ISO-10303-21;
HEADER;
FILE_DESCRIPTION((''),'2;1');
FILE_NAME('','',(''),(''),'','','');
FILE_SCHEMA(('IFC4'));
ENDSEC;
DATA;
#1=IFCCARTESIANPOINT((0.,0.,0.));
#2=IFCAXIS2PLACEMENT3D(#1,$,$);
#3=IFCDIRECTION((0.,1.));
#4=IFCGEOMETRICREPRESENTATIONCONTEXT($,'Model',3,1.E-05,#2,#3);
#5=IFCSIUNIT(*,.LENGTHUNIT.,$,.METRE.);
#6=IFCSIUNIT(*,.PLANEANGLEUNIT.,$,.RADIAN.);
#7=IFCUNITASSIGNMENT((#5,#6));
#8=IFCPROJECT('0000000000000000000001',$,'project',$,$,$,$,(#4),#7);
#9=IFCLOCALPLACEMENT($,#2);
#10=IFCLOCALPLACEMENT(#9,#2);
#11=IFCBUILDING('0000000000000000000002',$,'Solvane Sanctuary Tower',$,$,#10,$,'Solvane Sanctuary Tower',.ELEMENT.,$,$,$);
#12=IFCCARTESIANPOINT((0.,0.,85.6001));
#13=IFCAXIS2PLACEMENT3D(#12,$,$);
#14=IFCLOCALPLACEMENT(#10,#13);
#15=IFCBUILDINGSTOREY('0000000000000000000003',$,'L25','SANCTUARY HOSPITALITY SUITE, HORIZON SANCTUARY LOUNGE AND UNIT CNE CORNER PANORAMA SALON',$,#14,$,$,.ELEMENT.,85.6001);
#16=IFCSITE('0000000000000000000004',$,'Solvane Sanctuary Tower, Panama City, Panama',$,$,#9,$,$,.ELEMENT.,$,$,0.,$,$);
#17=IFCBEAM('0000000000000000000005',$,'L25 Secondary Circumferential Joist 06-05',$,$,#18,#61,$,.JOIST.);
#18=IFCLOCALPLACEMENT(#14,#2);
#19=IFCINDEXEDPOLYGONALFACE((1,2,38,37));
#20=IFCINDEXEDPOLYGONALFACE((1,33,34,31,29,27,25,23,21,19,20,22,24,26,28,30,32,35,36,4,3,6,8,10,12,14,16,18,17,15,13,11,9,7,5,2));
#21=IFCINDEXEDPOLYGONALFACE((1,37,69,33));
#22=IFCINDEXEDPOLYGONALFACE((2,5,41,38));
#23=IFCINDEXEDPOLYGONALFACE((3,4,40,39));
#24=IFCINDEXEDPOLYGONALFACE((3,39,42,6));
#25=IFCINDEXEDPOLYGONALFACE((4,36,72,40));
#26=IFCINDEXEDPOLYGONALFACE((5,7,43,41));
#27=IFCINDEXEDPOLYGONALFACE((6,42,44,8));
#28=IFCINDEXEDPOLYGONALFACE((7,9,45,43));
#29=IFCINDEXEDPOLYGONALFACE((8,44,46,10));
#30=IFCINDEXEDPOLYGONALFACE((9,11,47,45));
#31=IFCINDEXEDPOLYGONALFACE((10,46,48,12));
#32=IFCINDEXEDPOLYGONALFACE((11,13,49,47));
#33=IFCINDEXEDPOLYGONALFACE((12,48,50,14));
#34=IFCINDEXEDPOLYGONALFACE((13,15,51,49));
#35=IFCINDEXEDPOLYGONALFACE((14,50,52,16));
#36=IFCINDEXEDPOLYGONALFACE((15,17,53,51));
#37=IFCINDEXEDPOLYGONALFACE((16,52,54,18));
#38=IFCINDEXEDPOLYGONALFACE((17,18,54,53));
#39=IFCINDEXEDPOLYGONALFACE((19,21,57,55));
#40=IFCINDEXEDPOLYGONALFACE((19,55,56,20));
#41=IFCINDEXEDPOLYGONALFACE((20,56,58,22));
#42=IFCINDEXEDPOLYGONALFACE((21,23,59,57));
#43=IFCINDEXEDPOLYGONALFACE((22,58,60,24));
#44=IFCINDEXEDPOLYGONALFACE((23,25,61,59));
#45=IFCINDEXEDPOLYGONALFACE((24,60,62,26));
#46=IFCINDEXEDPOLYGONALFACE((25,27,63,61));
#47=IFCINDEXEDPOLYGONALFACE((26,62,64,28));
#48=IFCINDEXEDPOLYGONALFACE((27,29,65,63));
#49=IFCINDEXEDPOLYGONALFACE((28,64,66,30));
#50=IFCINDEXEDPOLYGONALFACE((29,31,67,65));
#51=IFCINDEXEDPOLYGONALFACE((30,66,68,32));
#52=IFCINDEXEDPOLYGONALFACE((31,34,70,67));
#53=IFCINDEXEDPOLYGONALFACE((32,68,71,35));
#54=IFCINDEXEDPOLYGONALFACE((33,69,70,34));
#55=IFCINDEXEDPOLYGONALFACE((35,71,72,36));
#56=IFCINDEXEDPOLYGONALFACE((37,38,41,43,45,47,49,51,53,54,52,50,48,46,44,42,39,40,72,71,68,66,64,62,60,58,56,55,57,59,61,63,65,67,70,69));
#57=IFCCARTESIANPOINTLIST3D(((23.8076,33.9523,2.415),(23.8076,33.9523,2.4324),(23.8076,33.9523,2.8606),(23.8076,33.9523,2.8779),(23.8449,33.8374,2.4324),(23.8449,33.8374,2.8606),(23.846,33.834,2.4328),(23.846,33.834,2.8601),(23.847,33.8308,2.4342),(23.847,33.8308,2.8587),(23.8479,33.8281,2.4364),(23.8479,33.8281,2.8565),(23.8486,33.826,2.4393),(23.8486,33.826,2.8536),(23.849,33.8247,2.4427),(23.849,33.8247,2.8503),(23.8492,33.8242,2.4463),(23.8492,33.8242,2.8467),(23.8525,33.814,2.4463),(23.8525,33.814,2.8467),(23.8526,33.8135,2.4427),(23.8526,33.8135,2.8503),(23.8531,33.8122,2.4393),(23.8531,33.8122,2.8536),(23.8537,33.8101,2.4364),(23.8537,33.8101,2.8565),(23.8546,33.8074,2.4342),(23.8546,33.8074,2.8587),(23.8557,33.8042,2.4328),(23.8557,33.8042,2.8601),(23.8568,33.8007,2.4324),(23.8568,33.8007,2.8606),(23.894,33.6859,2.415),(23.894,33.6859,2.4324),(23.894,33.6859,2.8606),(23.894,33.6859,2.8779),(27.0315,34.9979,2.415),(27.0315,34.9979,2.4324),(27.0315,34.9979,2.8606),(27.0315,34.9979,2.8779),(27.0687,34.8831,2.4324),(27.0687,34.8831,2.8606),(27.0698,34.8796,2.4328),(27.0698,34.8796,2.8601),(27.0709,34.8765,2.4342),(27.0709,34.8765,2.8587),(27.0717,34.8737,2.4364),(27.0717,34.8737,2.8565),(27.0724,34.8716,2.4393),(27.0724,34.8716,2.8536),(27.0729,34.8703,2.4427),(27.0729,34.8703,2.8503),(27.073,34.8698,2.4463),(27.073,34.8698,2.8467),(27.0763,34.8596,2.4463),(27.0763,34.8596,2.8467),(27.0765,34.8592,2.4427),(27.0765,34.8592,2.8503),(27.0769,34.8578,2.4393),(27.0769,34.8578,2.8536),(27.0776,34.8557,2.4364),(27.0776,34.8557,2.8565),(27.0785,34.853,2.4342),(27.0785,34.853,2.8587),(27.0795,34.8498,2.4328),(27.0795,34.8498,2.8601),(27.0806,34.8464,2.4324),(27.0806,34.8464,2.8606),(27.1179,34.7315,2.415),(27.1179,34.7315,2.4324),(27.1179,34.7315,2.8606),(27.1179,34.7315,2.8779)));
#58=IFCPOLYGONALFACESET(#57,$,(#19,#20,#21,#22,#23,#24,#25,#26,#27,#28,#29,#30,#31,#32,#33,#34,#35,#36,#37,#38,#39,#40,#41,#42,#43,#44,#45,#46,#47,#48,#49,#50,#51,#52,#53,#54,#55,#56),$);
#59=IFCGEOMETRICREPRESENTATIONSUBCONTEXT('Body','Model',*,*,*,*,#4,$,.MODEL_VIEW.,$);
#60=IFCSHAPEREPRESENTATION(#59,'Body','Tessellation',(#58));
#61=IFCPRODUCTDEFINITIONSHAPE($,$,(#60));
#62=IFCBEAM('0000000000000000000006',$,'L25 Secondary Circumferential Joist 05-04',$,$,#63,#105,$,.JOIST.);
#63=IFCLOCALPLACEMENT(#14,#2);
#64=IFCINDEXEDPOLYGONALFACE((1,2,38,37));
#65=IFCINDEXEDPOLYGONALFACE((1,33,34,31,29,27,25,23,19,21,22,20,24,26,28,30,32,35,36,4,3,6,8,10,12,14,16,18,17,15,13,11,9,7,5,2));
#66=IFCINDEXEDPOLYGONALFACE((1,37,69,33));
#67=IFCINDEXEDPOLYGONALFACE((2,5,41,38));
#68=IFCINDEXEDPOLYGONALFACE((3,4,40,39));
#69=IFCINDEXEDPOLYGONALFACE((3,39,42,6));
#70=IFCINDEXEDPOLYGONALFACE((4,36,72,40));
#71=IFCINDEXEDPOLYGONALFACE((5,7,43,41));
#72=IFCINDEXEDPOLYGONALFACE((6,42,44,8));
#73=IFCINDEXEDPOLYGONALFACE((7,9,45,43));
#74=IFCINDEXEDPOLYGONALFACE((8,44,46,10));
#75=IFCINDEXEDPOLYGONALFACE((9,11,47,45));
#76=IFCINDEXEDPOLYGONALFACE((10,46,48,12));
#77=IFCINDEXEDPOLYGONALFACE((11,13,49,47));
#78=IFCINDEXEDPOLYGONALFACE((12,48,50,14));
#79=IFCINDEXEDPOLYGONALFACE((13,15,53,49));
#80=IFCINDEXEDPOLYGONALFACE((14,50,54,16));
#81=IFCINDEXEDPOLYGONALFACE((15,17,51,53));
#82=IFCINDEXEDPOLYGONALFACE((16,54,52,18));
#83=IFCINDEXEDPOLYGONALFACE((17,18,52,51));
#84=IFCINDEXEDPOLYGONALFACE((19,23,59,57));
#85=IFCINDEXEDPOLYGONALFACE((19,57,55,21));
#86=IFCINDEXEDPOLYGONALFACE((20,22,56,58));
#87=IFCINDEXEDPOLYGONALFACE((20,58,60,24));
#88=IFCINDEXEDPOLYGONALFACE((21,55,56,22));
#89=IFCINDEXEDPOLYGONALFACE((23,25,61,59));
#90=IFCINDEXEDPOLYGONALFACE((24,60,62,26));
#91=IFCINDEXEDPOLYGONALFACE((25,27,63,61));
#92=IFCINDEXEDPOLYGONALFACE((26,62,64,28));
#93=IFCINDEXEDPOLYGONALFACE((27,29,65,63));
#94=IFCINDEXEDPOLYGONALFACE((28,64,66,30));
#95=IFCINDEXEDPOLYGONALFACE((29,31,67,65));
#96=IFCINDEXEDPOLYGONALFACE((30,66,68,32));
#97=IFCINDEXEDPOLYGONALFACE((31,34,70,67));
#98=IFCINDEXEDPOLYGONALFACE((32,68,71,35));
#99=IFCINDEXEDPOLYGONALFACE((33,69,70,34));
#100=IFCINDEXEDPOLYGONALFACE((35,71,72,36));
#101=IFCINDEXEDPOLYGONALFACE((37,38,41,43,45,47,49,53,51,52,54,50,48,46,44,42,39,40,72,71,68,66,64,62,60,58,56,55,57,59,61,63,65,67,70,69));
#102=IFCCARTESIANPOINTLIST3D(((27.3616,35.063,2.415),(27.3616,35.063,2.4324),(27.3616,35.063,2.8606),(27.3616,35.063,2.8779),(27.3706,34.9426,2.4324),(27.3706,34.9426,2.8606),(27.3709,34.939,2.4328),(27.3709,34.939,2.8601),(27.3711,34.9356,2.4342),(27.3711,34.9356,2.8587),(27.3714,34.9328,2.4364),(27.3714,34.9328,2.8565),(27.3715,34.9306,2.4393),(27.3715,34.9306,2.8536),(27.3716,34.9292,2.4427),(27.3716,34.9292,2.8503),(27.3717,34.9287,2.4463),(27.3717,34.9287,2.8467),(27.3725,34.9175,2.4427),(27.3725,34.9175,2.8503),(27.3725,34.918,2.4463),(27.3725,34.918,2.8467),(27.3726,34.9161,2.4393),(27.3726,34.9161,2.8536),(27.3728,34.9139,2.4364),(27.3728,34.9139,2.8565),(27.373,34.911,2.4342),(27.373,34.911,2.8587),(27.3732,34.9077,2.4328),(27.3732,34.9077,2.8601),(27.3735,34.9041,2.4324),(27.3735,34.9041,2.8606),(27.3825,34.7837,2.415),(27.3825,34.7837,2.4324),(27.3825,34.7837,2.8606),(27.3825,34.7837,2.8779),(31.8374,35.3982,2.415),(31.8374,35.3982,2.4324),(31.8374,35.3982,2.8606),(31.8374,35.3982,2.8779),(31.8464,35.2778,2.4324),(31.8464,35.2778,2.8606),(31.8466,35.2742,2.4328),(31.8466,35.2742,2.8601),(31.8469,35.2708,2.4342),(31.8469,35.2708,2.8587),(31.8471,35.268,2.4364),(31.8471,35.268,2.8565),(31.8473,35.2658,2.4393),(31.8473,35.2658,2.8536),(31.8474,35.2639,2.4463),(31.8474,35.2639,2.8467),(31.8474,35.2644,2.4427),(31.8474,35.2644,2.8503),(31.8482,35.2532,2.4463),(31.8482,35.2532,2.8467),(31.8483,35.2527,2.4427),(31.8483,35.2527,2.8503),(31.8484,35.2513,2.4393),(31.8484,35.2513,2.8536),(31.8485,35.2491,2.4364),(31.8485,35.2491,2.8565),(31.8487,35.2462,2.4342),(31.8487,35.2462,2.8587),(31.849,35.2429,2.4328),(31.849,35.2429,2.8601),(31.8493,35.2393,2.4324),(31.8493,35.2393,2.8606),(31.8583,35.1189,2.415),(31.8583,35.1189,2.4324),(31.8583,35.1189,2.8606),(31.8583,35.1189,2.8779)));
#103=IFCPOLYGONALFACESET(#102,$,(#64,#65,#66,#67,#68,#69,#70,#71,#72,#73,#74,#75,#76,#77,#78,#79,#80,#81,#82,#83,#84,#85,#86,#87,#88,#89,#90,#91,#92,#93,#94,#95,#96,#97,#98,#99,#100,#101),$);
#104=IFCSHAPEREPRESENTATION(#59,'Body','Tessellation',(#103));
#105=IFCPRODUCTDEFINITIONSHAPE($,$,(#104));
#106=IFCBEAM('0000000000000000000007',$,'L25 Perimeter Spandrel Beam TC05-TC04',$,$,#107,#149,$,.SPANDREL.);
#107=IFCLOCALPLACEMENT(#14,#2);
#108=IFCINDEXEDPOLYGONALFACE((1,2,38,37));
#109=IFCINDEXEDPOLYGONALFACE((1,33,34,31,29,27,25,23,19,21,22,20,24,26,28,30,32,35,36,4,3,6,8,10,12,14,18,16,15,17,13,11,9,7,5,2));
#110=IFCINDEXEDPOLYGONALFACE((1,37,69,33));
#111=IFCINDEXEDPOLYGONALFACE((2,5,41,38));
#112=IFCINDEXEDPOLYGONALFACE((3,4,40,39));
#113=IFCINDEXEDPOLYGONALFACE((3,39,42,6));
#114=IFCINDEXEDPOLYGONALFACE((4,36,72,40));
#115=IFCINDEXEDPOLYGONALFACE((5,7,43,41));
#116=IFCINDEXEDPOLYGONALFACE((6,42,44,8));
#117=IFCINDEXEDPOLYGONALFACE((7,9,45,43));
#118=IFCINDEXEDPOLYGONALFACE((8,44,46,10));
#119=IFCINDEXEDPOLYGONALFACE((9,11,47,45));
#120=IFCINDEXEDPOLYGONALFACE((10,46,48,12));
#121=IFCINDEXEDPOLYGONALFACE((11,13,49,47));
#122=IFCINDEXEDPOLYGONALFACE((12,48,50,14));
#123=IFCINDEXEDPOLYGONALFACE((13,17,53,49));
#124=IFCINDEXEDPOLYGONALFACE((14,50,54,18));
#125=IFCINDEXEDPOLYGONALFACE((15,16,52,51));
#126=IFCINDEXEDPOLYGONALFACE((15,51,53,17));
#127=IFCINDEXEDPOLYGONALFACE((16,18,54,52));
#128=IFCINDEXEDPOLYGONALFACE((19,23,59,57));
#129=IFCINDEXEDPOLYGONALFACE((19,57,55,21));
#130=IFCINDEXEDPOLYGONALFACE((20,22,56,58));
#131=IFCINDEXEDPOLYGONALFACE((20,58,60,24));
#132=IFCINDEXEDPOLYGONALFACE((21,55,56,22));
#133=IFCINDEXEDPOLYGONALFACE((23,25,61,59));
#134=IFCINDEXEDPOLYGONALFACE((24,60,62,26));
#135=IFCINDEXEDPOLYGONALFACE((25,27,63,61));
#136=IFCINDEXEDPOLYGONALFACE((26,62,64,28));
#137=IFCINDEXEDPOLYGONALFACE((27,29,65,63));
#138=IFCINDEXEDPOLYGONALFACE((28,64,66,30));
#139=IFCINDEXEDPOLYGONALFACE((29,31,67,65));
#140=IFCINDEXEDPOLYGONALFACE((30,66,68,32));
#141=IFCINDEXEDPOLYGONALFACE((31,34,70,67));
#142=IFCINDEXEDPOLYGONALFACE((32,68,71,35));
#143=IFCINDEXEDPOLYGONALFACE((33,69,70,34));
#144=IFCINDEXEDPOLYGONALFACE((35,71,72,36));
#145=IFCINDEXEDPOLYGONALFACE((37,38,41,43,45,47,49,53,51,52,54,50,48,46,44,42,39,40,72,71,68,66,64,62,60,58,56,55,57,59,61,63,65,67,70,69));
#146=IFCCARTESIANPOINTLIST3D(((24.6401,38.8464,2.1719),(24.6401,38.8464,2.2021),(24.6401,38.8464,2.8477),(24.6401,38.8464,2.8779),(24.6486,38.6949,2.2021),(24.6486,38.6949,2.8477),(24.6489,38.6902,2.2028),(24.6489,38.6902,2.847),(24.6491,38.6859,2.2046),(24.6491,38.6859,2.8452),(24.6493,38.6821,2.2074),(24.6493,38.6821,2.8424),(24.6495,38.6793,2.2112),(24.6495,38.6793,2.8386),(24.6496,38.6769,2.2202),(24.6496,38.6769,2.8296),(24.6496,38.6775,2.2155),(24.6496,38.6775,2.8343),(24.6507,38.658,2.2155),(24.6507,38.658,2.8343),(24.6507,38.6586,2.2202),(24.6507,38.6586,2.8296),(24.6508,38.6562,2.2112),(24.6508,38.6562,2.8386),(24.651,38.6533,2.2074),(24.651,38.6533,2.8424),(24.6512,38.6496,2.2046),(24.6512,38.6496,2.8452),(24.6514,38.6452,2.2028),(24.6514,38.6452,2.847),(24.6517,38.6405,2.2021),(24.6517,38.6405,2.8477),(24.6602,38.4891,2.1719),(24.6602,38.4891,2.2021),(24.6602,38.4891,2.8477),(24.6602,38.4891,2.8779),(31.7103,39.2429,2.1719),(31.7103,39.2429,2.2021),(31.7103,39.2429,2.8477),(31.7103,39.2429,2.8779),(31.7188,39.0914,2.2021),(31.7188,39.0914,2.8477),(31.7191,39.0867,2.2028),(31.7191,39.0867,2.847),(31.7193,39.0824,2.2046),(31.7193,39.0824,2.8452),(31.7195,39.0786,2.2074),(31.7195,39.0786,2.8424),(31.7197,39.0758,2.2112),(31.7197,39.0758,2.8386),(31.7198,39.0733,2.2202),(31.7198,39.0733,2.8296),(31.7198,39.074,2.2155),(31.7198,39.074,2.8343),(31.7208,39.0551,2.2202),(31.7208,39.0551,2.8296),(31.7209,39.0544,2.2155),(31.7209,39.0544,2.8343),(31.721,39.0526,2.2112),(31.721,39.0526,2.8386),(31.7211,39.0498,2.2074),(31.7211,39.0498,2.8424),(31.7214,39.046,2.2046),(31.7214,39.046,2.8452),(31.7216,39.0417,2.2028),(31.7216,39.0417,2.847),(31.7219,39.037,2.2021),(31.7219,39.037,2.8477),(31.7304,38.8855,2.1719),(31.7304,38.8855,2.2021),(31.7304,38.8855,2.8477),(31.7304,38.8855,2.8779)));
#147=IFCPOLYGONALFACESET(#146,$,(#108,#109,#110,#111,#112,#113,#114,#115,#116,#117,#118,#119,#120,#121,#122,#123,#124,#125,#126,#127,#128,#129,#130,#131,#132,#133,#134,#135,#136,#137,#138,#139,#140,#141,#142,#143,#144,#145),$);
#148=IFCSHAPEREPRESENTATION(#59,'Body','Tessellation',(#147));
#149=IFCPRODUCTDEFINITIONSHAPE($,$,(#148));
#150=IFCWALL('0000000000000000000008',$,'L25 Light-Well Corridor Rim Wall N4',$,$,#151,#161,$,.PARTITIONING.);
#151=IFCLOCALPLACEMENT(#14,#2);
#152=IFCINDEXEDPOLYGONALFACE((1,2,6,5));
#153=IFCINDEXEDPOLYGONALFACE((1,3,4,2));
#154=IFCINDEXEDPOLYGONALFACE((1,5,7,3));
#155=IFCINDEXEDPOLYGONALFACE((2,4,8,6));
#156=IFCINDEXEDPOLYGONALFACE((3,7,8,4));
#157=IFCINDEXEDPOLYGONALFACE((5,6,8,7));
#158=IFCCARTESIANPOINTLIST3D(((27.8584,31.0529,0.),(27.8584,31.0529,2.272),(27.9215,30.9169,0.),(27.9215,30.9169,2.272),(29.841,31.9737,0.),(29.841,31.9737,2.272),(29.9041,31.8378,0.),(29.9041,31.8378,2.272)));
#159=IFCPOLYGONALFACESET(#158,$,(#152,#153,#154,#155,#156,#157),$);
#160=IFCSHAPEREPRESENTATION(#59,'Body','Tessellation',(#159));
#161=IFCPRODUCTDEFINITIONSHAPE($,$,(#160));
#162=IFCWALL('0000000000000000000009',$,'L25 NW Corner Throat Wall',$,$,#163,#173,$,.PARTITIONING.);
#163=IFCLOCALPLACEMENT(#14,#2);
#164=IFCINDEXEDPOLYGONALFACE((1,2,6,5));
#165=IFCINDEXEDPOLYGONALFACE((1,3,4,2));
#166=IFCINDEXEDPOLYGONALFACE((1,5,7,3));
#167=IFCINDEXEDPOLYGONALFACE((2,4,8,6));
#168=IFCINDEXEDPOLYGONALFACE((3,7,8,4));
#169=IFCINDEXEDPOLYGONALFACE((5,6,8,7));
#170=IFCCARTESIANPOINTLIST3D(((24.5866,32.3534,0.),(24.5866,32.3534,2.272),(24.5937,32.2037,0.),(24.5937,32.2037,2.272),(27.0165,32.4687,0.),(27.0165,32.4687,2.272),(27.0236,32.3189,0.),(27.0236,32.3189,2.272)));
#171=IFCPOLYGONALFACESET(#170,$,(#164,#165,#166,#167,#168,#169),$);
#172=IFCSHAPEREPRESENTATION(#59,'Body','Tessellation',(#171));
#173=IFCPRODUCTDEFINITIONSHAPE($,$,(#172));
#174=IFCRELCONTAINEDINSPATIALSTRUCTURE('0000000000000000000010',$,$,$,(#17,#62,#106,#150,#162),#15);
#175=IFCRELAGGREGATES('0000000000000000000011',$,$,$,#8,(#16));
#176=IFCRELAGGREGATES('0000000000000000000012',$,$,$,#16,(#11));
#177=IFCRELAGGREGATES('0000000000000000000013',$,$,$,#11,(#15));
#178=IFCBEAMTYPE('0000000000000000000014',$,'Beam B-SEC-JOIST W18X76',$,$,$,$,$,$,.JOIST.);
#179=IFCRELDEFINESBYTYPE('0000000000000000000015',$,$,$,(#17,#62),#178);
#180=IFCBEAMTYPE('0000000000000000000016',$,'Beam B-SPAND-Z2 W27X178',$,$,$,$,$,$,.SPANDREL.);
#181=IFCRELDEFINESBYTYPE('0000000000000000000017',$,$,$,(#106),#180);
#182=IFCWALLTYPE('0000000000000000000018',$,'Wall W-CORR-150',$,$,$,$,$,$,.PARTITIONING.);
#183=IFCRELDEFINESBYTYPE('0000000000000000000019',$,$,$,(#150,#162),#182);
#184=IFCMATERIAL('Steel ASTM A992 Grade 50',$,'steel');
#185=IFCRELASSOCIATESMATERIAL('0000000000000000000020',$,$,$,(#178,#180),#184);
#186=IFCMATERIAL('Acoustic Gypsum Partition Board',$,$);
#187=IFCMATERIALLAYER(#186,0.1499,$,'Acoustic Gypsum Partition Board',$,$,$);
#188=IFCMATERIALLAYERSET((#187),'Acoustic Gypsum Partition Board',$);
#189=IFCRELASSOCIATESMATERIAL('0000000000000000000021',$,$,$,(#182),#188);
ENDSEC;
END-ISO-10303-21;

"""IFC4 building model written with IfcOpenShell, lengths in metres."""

from ifc_helpers import new_model, si_unit, direction, frame, frame_2d, origin, origin_2d, place, context, subcontext, project, spatial, rectangle, i_section, extrude, material, layer, layer_set, material_profile, profile_set, type_object, element, save


model = new_model("IFC4")

# Units and contexts
model_context = context("Model", 3, precision=1e-05, world=origin(), true_north=direction((0.0, 1.0)))
body_context = subcontext(model_context, "Body", "Model", "MODEL_VIEW")
ifc_project = project(units=[si_unit("LENGTHUNIT", "METRE"), si_unit("PLANEANGLEUNIT", "RADIAN")], contexts=[model_context])

# Site, building, storey
site_placement = place(None, origin())
site = spatial("IfcSite", under=ifc_project, at=site_placement, Name="Solvane Sanctuary Tower, Panama City, Panama", CompositionType="ELEMENT", RefElevation=0.0)
building_placement = place(site_placement, origin())
building = spatial("IfcBuilding", under=site, at=building_placement, Name="Solvane Sanctuary Tower", LongName="Solvane Sanctuary Tower", CompositionType="ELEMENT")
storey_placement = place(building_placement, frame((0.0, 0.0, 85.6001)))
storey = spatial("IfcBuildingStorey", under=building, at=storey_placement, Name="L25", Description="SANCTUARY HOSPITALITY SUITE, HORIZON SANCTUARY LOUNGE AND UNIT CNE CORNER PANORAMA SALON", CompositionType="ELEMENT", Elevation=85.6001)

# Beams
ifc_material_1 = material(Name="Steel ASTM A992 Grade 50", Category="steel")
ifc_material_profile_1 = material_profile(ifc_material_1, i_section(OverallWidth=0.28, OverallDepth=0.4629, WebThickness=0.0107, FlangeThickness=0.0173, FilletRadius=0.0139, at=origin_2d()), Name="W18X76")
ifc_profile_set_1 = profile_set([ifc_material_profile_1], Name="Steel ASTM A992 Grade 50")
beam_type_1 = type_object("IfcBeamType", Name="Beam B-SEC-JOIST W18X76", PredefinedType="JOIST", material=ifc_profile_set_1)
beam_1_placement = place(storey_placement, frame((23.8508, 33.8191, 2.6465), z_axis=(0.951217, 0.308524, 0.0), x_axis=(-0.308524, 0.951217, 0.0)))
element("IfcBeam", 1, at=beam_1_placement, inside=storey, type_object=beam_type_1, Name="L25 Secondary Circumferential Joist 06-05", PredefinedType="JOIST", context=body_context, shape_type="SweptSolid", body=[
    extrude(i_section(OverallWidth=0.28, OverallDepth=0.4629, WebThickness=0.0107, FlangeThickness=0.0173, FilletRadius=0.0139, at=origin_2d()), origin(), (0.0, 0.0, 1.0), 3.3892),
])
beam_2_placement = place(storey_placement, frame((27.3721, 34.9233, 2.6465), z_axis=(0.997207, 0.074683, 0.0), x_axis=(-0.074683, 0.997207, 0.0)))
element("IfcBeam", 2, at=beam_2_placement, inside=storey, type_object=beam_type_1, Name="L25 Secondary Circumferential Joist 05-04", PredefinedType="JOIST", context=body_context, shape_type="SweptSolid", body=[
    extrude(i_section(OverallWidth=0.28, OverallDepth=0.4629, WebThickness=0.0107, FlangeThickness=0.0173, FilletRadius=0.0139, at=origin_2d()), origin(), (0.0, 0.0, 1.0), 4.4883),
])
ifc_material_profile_2 = material_profile(ifc_material_1, i_section(OverallWidth=0.3579, OverallDepth=0.7061, WebThickness=0.0183, FlangeThickness=0.0303, FilletRadius=0.0181, at=origin_2d()), Name="W27X178")
ifc_profile_set_2 = profile_set([ifc_material_profile_2], Name="Steel ASTM A992 Grade 50")
beam_type_2 = type_object("IfcBeamType", Name="Beam B-SPAND-Z2 W27X178", PredefinedType="SPANDREL", material=ifc_profile_set_2)
beam_3_placement = place(storey_placement, frame((24.6501, 38.6677, 2.5249), z_axis=(0.998431, 0.055989, 0.0), x_axis=(-0.055989, 0.998431, 0.0)))
element("IfcBeam", 3, at=beam_3_placement, inside=storey, type_object=beam_type_2, Name="L25 Perimeter Spandrel Beam TC05-TC04", PredefinedType="SPANDREL", context=body_context, shape_type="SweptSolid", body=[
    extrude(i_section(OverallWidth=0.3579, OverallDepth=0.7061, WebThickness=0.0183, FlangeThickness=0.0303, FilletRadius=0.0181, at=origin_2d()), origin(), (0.0, 0.0, 1.0), 7.0813),
])

# Walls
ifc_material_2 = material(Name="Acoustic Gypsum Partition Board")
ifc_layer_1 = layer(ifc_material_2, 0.1499, Name="Acoustic Gypsum Partition Board")
ifc_layer_set_1 = layer_set([ifc_layer_1], Name="Acoustic Gypsum Partition Board")
wall_type_1 = type_object("IfcWallType", Name="Wall W-CORR-150", PredefinedType="PARTITIONING", material=ifc_layer_set_1)
wall_1_placement = place(storey_placement, frame((29.8726, 31.9058, 0.0), z_axis=(0.0, 0.0, 1.0), x_axis=(-0.906943, -0.421252, 0.0)))
element("IfcWall", 4, at=wall_1_placement, inside=storey, type_object=wall_type_1, Name="L25 Light-Well Corridor Rim Wall N4", PredefinedType="PARTITIONING", context=body_context, shape_type="SweptSolid", body=[
    extrude(rectangle(XDim=2.186, YDim=0.1499, at=frame_2d((1.093, 0.0))), origin(), (0.0, 0.0, 1.0), 2.272),
])
wall_2_placement = place(storey_placement, frame((27.02, 32.3938, 0.0), z_axis=(0.0, 0.0, 1.0), x_axis=(-0.998877, -0.04737, 0.0)))
element("IfcWall", 5, at=wall_2_placement, inside=storey, type_object=wall_type_1, Name="L25 NW Corner Throat Wall", PredefinedType="PARTITIONING", context=body_context, shape_type="SweptSolid", body=[
    extrude(rectangle(XDim=2.4326, YDim=0.1499, at=frame_2d((1.2163, 0.0))), origin(), (0.0, 0.0, 1.0), 2.272),
])

save(model, "model.ifc")
